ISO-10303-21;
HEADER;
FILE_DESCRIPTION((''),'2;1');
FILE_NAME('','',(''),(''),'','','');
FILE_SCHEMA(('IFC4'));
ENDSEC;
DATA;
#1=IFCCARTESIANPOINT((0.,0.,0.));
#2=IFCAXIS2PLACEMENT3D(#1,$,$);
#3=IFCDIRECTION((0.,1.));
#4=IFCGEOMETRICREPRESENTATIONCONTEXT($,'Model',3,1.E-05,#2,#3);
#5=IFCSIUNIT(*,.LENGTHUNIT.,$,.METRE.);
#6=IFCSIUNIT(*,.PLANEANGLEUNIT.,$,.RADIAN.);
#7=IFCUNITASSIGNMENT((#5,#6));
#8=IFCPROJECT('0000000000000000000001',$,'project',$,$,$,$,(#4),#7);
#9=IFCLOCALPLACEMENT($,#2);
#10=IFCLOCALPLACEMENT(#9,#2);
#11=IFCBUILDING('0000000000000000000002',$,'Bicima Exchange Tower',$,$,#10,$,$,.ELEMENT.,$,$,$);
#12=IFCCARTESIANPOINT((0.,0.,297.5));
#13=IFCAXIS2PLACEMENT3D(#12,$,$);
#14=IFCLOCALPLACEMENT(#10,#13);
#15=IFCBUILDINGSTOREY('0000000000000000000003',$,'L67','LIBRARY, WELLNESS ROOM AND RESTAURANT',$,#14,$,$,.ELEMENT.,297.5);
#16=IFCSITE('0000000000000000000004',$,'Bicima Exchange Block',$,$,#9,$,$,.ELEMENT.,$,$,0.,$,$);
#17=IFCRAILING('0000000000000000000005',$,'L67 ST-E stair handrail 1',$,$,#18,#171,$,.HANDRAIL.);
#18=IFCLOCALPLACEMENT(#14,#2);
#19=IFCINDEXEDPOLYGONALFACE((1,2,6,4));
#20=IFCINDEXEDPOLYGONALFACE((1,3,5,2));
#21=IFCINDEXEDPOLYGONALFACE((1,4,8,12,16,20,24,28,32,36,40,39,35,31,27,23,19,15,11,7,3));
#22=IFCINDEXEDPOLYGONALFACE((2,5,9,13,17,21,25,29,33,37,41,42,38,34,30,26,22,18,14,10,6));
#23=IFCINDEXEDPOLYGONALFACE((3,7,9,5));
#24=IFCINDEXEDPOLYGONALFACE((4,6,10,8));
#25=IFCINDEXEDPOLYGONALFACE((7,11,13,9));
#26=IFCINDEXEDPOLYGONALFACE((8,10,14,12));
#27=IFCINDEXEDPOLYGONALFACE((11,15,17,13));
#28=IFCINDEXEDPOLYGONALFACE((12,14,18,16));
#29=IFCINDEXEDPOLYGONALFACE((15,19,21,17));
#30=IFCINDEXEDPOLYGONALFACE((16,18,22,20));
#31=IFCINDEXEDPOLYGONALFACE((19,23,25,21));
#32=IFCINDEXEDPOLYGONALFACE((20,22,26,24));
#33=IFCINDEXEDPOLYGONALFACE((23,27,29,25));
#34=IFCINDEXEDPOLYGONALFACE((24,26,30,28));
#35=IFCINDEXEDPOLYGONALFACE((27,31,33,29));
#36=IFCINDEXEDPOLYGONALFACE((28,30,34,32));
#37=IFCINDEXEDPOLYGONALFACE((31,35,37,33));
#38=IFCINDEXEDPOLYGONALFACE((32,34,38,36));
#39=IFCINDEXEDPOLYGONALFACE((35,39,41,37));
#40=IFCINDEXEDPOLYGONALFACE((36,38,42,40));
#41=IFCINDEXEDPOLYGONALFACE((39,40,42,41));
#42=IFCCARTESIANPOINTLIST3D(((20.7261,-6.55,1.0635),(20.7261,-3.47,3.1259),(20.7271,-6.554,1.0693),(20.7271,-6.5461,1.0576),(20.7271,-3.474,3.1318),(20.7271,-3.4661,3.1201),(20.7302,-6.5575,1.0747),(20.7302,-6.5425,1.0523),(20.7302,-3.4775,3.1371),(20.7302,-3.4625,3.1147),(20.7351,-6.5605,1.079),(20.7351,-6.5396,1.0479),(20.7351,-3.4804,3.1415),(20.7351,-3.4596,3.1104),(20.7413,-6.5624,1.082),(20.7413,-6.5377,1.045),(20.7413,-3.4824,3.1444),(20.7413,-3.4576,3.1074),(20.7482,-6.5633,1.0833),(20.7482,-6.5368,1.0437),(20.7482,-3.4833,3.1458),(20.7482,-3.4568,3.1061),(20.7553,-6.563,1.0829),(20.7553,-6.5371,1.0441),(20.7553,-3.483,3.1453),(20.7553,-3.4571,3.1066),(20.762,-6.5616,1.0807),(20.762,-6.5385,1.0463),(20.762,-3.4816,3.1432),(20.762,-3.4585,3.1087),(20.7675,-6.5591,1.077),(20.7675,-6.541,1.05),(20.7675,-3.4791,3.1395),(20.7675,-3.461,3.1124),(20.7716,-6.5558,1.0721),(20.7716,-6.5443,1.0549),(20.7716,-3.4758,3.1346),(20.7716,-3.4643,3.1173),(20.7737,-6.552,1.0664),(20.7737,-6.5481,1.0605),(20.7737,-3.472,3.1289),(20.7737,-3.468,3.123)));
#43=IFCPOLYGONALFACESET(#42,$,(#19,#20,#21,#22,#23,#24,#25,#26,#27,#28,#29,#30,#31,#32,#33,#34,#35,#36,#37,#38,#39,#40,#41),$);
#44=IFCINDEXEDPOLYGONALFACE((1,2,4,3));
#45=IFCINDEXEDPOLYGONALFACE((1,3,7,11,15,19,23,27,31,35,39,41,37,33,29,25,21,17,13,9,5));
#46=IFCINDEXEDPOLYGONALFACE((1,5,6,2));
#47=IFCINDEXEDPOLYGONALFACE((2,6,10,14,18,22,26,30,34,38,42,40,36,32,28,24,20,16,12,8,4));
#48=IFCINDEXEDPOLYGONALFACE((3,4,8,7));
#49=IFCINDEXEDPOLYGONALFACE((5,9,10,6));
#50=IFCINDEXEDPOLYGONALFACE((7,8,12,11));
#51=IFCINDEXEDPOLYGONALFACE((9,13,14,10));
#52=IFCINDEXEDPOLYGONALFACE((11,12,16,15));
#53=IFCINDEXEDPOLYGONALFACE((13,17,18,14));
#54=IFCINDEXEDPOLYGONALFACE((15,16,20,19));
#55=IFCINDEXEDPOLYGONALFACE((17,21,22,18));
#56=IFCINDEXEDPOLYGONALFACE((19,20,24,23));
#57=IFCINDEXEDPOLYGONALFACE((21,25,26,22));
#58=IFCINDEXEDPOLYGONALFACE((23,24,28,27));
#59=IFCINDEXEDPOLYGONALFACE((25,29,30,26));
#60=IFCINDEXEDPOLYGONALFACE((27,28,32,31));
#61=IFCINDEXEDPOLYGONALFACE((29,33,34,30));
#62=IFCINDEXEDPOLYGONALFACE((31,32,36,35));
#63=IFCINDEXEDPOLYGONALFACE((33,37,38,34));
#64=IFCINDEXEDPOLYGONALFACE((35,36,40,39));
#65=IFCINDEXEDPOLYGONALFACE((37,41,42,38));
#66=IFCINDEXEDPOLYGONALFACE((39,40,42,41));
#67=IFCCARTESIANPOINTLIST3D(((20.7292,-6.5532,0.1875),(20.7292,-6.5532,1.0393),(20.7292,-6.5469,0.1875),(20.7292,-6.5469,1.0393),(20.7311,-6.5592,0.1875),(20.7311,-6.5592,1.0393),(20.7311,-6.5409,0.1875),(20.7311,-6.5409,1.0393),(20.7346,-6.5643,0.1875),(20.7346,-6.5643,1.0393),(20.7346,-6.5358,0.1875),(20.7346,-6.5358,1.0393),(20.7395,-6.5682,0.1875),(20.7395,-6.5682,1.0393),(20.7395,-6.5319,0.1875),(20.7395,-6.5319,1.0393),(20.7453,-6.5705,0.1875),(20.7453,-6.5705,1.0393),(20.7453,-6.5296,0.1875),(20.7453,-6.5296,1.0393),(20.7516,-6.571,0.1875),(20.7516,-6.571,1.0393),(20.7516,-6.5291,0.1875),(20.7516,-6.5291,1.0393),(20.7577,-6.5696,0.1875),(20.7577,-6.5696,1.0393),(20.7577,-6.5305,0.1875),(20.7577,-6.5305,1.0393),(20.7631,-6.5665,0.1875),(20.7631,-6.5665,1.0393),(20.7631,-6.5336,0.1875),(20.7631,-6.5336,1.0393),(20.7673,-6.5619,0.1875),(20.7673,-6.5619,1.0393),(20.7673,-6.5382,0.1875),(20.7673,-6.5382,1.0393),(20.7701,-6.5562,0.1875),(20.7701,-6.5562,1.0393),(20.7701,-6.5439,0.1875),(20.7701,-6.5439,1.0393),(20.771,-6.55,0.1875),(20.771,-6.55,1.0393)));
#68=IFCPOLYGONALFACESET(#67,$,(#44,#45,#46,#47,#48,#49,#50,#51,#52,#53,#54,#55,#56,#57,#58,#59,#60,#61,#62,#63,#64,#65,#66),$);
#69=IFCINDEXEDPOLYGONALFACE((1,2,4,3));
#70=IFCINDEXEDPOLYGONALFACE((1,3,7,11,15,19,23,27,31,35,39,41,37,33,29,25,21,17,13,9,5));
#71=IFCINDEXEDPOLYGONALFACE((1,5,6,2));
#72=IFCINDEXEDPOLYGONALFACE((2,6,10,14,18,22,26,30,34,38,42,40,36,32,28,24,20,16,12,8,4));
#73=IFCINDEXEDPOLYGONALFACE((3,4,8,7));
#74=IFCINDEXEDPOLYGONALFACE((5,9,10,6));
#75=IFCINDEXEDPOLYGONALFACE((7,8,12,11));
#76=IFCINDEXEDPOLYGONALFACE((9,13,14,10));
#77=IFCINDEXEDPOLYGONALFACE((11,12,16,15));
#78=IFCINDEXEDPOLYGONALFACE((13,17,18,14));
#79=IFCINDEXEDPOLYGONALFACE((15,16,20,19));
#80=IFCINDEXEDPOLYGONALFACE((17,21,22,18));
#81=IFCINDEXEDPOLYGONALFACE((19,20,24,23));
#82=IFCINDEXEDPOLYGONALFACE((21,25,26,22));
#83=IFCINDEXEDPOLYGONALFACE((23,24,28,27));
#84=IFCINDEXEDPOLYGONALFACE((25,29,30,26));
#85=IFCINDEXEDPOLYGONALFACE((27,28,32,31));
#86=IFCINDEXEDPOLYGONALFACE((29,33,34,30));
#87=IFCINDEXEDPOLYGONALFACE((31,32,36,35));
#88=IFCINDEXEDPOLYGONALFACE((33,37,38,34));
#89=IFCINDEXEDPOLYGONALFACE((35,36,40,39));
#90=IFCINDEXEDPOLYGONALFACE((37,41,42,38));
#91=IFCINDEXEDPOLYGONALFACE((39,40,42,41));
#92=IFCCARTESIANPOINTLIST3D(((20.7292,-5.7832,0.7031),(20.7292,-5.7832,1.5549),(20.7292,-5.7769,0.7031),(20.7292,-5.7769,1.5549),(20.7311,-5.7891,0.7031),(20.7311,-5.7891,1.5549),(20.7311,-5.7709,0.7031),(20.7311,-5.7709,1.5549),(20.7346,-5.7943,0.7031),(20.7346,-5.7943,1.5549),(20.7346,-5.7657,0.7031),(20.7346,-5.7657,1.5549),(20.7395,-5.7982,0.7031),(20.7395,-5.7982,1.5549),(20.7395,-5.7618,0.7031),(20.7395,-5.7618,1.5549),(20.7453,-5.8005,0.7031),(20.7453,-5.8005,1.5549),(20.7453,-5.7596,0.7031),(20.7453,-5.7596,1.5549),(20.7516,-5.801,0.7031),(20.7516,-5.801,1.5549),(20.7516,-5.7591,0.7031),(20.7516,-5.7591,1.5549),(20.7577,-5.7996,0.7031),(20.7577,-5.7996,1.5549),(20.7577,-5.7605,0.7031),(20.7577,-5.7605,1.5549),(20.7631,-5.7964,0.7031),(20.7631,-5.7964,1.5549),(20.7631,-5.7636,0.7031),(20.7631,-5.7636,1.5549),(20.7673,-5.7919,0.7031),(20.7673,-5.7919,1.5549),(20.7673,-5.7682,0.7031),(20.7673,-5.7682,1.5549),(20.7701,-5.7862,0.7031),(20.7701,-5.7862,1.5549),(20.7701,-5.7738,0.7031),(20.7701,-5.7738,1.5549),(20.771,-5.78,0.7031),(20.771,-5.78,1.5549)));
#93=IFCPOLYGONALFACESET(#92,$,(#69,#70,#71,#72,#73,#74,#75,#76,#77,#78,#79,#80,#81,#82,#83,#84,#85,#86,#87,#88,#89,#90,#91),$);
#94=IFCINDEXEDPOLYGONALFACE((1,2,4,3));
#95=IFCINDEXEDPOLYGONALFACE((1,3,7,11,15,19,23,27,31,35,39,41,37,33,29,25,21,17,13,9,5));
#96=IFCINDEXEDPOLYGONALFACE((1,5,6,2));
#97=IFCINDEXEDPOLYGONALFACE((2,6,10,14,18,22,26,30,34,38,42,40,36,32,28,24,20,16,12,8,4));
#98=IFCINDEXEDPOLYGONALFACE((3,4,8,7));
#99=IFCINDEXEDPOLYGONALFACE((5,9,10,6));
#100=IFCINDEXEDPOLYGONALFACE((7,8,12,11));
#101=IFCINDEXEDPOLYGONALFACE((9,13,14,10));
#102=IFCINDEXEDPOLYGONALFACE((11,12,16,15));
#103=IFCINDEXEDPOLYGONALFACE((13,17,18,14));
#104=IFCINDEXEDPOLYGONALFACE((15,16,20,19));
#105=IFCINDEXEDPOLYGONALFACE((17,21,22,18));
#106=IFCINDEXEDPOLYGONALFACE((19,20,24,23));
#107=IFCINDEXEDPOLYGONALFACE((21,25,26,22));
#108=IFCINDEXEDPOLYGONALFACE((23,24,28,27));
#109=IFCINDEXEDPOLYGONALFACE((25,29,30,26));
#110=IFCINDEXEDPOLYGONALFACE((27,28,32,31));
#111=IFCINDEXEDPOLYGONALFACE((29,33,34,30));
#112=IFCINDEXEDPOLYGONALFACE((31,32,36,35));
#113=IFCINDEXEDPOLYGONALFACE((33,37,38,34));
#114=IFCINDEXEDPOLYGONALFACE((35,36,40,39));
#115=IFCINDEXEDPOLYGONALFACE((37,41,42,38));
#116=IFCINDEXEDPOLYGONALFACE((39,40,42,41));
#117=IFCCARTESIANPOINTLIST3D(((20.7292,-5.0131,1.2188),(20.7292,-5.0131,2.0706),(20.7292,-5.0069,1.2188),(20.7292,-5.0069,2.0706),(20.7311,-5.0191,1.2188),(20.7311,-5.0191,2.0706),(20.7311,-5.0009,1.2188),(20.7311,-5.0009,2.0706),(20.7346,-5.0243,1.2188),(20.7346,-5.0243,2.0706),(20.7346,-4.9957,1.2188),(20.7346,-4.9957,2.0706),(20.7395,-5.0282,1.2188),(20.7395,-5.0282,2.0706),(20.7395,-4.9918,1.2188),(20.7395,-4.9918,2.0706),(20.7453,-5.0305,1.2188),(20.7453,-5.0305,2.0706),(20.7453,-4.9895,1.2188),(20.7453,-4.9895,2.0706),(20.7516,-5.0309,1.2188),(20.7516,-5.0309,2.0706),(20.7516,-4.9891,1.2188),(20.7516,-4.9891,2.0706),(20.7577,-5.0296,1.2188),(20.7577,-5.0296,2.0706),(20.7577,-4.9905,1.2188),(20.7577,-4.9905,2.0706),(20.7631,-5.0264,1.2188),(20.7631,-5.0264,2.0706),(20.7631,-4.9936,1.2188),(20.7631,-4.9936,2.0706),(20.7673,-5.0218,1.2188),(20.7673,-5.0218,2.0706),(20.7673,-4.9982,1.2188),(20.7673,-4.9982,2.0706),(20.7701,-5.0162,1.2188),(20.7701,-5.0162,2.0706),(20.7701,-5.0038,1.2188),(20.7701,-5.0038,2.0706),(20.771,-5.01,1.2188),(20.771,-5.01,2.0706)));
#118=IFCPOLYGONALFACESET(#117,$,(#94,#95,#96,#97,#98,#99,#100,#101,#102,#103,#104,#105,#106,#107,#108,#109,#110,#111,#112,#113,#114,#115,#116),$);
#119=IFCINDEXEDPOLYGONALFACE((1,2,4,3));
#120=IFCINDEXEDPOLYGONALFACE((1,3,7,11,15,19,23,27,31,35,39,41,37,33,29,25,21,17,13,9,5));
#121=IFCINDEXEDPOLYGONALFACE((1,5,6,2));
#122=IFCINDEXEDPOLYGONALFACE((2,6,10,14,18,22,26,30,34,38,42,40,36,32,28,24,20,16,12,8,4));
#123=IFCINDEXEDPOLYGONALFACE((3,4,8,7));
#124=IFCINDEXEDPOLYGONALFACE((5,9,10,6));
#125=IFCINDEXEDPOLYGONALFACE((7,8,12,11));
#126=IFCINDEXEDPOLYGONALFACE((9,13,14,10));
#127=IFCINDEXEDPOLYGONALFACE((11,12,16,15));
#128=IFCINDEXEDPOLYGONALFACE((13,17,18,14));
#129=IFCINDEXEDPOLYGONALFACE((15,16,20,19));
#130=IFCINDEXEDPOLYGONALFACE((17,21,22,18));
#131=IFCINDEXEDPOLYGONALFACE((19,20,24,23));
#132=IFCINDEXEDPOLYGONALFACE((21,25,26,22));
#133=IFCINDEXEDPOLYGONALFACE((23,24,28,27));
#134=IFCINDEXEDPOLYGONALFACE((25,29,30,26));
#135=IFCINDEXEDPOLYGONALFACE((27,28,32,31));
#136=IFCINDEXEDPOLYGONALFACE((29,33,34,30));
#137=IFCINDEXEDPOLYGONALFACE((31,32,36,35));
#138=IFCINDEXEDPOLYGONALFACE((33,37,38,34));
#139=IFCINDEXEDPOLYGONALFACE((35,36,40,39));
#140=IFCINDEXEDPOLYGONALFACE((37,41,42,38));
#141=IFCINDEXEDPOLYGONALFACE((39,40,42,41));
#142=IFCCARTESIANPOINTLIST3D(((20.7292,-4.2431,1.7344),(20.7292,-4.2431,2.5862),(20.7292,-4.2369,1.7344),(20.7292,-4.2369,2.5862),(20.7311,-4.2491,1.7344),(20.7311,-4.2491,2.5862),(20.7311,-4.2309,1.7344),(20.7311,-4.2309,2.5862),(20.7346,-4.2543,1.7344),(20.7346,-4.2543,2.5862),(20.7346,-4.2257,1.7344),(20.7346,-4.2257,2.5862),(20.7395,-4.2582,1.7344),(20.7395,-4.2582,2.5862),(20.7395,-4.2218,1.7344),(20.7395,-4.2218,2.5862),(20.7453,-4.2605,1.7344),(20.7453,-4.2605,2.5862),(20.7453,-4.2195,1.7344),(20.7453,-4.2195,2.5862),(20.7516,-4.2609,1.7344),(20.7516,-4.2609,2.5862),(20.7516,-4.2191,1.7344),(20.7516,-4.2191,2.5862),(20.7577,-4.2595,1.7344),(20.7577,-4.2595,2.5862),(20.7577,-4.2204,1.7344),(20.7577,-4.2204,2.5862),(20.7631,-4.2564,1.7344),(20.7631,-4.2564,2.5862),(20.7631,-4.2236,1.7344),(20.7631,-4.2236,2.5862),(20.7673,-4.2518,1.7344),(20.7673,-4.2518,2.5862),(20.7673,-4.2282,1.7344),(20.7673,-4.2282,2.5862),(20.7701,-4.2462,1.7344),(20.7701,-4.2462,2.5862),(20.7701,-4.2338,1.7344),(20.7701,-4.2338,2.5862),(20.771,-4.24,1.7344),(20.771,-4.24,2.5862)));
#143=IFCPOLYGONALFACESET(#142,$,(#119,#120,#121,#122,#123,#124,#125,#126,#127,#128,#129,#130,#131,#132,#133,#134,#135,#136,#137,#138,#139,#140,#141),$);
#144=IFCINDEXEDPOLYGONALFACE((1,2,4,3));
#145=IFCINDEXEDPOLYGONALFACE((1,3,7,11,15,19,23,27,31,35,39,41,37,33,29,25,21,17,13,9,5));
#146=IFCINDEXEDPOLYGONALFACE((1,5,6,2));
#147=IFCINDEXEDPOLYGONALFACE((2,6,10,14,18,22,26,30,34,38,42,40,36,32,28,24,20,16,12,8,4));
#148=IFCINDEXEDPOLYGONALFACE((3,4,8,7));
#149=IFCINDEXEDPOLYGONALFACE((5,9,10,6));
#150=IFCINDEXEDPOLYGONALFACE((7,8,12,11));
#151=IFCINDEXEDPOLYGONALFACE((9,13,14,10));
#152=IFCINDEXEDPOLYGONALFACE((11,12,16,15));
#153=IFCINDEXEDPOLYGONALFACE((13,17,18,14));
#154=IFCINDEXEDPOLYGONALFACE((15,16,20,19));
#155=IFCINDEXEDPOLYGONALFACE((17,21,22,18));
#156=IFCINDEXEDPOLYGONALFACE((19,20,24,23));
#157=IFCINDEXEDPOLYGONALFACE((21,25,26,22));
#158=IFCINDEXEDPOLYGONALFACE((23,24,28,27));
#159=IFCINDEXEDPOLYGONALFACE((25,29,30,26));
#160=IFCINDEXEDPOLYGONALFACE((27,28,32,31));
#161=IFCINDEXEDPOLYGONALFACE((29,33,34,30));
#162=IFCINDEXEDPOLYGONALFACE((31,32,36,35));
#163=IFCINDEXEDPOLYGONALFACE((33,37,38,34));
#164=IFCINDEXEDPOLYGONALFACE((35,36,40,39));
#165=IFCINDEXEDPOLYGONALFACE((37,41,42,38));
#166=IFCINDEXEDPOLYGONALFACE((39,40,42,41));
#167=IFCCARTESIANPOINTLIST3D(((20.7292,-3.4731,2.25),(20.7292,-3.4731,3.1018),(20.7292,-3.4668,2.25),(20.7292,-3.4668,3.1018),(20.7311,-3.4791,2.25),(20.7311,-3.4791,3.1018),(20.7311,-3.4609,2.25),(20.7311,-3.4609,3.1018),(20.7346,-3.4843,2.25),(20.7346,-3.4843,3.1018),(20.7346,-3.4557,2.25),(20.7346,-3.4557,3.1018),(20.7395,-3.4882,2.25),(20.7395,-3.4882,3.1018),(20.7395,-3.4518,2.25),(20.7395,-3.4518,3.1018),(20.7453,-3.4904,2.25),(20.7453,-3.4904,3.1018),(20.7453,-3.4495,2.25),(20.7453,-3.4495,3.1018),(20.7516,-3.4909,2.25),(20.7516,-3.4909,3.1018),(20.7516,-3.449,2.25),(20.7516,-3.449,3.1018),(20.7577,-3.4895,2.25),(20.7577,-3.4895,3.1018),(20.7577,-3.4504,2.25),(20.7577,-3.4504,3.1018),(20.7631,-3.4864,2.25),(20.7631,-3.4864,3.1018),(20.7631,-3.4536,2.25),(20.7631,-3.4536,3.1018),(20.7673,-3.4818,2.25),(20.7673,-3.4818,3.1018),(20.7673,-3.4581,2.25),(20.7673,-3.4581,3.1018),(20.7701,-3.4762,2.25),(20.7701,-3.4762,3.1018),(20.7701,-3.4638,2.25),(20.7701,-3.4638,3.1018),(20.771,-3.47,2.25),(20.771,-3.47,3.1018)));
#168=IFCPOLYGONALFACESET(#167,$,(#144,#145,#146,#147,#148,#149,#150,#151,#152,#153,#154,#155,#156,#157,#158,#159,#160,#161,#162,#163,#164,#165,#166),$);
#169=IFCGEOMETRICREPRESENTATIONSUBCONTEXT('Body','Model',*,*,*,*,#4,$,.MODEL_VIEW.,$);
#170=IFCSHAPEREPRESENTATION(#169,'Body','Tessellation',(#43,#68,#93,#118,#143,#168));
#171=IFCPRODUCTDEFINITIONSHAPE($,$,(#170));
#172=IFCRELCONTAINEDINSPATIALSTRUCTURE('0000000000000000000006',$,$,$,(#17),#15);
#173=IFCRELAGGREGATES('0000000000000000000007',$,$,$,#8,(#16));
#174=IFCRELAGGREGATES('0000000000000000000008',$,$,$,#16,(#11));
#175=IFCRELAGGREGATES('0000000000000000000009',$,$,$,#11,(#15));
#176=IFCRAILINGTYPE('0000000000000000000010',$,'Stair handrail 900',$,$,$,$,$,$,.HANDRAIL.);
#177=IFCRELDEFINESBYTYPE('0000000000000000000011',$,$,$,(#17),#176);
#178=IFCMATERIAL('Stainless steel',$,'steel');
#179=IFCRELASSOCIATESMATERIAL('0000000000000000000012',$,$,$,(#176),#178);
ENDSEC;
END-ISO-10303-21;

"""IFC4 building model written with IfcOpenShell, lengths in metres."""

from ifc_helpers import new_model, si_unit, direction, frame, origin, origin_2d, place, context, subcontext, project, spatial, circle, extrude, material, type_object, element, save


model = new_model("IFC4")

# Units and contexts
model_context = context("Model", 3, precision=1e-05, world=origin(), true_north=direction((0.0, 1.0)))
body_context = subcontext(model_context, "Body", "Model", "MODEL_VIEW")
ifc_project = project(units=[si_unit("LENGTHUNIT", "METRE"), si_unit("PLANEANGLEUNIT", "RADIAN")], contexts=[model_context])

# Site, building, storey
site_placement = place(None, origin())
site = spatial("IfcSite", under=ifc_project, at=site_placement, Name="Bicima Exchange Block", CompositionType="ELEMENT", RefElevation=0.0)
building_placement = place(site_placement, origin())
building = spatial("IfcBuilding", under=site, at=building_placement, Name="Bicima Exchange Tower", CompositionType="ELEMENT")
storey_placement = place(building_placement, frame((0.0, 0.0, 297.5)))
storey = spatial("IfcBuildingStorey", under=building, at=storey_placement, Name="L67", Description="LIBRARY, WELLNESS ROOM AND RESTAURANT", CompositionType="ELEMENT", Elevation=297.5)

# Railing
ifc_material_1 = material(Name="Stainless steel", Category="steel")
railing_type_1 = type_object("IfcRailingType", Name="Stair handrail 900", PredefinedType="HANDRAIL", material=ifc_material_1)
railing_1_placement = place(storey_placement, frame((20.75, -6.55, 0.1875)))
element("IfcRailing", 1, at=railing_1_placement, inside=storey, type_object=railing_type_1, Name="L67 ST-E stair handrail 1", PredefinedType="HANDRAIL", context=body_context, shape_type="SweptSolid", body=[
    extrude(circle(Radius=0.0239, at=origin_2d()), frame((0.0, 0.0, 0.876), z_axis=(0.0, 0.830914, 0.556401), x_axis=(-1.0, 0.0, 0.0)), (0.0, 0.0, 1.0), 3.7068),
    extrude(circle(Radius=0.021, at=origin_2d()), origin(), (0.0, 0.0, 1.0), 0.8518),
    extrude(circle(Radius=0.021, at=origin_2d()), frame((0.0, 0.77, 0.5156)), (0.0, 0.0, 1.0), 0.8518),
    extrude(circle(Radius=0.021, at=origin_2d()), frame((0.0, 1.54, 1.0312)), (0.0, 0.0, 1.0), 0.8518),
    extrude(circle(Radius=0.021, at=origin_2d()), frame((0.0, 2.3101, 1.5469)), (0.0, 0.0, 1.0), 0.8518),
    extrude(circle(Radius=0.021, at=origin_2d()), frame((0.0, 3.0801, 2.0625)), (0.0, 0.0, 1.0), 0.8518),
])

save(model, "model.ifc")
